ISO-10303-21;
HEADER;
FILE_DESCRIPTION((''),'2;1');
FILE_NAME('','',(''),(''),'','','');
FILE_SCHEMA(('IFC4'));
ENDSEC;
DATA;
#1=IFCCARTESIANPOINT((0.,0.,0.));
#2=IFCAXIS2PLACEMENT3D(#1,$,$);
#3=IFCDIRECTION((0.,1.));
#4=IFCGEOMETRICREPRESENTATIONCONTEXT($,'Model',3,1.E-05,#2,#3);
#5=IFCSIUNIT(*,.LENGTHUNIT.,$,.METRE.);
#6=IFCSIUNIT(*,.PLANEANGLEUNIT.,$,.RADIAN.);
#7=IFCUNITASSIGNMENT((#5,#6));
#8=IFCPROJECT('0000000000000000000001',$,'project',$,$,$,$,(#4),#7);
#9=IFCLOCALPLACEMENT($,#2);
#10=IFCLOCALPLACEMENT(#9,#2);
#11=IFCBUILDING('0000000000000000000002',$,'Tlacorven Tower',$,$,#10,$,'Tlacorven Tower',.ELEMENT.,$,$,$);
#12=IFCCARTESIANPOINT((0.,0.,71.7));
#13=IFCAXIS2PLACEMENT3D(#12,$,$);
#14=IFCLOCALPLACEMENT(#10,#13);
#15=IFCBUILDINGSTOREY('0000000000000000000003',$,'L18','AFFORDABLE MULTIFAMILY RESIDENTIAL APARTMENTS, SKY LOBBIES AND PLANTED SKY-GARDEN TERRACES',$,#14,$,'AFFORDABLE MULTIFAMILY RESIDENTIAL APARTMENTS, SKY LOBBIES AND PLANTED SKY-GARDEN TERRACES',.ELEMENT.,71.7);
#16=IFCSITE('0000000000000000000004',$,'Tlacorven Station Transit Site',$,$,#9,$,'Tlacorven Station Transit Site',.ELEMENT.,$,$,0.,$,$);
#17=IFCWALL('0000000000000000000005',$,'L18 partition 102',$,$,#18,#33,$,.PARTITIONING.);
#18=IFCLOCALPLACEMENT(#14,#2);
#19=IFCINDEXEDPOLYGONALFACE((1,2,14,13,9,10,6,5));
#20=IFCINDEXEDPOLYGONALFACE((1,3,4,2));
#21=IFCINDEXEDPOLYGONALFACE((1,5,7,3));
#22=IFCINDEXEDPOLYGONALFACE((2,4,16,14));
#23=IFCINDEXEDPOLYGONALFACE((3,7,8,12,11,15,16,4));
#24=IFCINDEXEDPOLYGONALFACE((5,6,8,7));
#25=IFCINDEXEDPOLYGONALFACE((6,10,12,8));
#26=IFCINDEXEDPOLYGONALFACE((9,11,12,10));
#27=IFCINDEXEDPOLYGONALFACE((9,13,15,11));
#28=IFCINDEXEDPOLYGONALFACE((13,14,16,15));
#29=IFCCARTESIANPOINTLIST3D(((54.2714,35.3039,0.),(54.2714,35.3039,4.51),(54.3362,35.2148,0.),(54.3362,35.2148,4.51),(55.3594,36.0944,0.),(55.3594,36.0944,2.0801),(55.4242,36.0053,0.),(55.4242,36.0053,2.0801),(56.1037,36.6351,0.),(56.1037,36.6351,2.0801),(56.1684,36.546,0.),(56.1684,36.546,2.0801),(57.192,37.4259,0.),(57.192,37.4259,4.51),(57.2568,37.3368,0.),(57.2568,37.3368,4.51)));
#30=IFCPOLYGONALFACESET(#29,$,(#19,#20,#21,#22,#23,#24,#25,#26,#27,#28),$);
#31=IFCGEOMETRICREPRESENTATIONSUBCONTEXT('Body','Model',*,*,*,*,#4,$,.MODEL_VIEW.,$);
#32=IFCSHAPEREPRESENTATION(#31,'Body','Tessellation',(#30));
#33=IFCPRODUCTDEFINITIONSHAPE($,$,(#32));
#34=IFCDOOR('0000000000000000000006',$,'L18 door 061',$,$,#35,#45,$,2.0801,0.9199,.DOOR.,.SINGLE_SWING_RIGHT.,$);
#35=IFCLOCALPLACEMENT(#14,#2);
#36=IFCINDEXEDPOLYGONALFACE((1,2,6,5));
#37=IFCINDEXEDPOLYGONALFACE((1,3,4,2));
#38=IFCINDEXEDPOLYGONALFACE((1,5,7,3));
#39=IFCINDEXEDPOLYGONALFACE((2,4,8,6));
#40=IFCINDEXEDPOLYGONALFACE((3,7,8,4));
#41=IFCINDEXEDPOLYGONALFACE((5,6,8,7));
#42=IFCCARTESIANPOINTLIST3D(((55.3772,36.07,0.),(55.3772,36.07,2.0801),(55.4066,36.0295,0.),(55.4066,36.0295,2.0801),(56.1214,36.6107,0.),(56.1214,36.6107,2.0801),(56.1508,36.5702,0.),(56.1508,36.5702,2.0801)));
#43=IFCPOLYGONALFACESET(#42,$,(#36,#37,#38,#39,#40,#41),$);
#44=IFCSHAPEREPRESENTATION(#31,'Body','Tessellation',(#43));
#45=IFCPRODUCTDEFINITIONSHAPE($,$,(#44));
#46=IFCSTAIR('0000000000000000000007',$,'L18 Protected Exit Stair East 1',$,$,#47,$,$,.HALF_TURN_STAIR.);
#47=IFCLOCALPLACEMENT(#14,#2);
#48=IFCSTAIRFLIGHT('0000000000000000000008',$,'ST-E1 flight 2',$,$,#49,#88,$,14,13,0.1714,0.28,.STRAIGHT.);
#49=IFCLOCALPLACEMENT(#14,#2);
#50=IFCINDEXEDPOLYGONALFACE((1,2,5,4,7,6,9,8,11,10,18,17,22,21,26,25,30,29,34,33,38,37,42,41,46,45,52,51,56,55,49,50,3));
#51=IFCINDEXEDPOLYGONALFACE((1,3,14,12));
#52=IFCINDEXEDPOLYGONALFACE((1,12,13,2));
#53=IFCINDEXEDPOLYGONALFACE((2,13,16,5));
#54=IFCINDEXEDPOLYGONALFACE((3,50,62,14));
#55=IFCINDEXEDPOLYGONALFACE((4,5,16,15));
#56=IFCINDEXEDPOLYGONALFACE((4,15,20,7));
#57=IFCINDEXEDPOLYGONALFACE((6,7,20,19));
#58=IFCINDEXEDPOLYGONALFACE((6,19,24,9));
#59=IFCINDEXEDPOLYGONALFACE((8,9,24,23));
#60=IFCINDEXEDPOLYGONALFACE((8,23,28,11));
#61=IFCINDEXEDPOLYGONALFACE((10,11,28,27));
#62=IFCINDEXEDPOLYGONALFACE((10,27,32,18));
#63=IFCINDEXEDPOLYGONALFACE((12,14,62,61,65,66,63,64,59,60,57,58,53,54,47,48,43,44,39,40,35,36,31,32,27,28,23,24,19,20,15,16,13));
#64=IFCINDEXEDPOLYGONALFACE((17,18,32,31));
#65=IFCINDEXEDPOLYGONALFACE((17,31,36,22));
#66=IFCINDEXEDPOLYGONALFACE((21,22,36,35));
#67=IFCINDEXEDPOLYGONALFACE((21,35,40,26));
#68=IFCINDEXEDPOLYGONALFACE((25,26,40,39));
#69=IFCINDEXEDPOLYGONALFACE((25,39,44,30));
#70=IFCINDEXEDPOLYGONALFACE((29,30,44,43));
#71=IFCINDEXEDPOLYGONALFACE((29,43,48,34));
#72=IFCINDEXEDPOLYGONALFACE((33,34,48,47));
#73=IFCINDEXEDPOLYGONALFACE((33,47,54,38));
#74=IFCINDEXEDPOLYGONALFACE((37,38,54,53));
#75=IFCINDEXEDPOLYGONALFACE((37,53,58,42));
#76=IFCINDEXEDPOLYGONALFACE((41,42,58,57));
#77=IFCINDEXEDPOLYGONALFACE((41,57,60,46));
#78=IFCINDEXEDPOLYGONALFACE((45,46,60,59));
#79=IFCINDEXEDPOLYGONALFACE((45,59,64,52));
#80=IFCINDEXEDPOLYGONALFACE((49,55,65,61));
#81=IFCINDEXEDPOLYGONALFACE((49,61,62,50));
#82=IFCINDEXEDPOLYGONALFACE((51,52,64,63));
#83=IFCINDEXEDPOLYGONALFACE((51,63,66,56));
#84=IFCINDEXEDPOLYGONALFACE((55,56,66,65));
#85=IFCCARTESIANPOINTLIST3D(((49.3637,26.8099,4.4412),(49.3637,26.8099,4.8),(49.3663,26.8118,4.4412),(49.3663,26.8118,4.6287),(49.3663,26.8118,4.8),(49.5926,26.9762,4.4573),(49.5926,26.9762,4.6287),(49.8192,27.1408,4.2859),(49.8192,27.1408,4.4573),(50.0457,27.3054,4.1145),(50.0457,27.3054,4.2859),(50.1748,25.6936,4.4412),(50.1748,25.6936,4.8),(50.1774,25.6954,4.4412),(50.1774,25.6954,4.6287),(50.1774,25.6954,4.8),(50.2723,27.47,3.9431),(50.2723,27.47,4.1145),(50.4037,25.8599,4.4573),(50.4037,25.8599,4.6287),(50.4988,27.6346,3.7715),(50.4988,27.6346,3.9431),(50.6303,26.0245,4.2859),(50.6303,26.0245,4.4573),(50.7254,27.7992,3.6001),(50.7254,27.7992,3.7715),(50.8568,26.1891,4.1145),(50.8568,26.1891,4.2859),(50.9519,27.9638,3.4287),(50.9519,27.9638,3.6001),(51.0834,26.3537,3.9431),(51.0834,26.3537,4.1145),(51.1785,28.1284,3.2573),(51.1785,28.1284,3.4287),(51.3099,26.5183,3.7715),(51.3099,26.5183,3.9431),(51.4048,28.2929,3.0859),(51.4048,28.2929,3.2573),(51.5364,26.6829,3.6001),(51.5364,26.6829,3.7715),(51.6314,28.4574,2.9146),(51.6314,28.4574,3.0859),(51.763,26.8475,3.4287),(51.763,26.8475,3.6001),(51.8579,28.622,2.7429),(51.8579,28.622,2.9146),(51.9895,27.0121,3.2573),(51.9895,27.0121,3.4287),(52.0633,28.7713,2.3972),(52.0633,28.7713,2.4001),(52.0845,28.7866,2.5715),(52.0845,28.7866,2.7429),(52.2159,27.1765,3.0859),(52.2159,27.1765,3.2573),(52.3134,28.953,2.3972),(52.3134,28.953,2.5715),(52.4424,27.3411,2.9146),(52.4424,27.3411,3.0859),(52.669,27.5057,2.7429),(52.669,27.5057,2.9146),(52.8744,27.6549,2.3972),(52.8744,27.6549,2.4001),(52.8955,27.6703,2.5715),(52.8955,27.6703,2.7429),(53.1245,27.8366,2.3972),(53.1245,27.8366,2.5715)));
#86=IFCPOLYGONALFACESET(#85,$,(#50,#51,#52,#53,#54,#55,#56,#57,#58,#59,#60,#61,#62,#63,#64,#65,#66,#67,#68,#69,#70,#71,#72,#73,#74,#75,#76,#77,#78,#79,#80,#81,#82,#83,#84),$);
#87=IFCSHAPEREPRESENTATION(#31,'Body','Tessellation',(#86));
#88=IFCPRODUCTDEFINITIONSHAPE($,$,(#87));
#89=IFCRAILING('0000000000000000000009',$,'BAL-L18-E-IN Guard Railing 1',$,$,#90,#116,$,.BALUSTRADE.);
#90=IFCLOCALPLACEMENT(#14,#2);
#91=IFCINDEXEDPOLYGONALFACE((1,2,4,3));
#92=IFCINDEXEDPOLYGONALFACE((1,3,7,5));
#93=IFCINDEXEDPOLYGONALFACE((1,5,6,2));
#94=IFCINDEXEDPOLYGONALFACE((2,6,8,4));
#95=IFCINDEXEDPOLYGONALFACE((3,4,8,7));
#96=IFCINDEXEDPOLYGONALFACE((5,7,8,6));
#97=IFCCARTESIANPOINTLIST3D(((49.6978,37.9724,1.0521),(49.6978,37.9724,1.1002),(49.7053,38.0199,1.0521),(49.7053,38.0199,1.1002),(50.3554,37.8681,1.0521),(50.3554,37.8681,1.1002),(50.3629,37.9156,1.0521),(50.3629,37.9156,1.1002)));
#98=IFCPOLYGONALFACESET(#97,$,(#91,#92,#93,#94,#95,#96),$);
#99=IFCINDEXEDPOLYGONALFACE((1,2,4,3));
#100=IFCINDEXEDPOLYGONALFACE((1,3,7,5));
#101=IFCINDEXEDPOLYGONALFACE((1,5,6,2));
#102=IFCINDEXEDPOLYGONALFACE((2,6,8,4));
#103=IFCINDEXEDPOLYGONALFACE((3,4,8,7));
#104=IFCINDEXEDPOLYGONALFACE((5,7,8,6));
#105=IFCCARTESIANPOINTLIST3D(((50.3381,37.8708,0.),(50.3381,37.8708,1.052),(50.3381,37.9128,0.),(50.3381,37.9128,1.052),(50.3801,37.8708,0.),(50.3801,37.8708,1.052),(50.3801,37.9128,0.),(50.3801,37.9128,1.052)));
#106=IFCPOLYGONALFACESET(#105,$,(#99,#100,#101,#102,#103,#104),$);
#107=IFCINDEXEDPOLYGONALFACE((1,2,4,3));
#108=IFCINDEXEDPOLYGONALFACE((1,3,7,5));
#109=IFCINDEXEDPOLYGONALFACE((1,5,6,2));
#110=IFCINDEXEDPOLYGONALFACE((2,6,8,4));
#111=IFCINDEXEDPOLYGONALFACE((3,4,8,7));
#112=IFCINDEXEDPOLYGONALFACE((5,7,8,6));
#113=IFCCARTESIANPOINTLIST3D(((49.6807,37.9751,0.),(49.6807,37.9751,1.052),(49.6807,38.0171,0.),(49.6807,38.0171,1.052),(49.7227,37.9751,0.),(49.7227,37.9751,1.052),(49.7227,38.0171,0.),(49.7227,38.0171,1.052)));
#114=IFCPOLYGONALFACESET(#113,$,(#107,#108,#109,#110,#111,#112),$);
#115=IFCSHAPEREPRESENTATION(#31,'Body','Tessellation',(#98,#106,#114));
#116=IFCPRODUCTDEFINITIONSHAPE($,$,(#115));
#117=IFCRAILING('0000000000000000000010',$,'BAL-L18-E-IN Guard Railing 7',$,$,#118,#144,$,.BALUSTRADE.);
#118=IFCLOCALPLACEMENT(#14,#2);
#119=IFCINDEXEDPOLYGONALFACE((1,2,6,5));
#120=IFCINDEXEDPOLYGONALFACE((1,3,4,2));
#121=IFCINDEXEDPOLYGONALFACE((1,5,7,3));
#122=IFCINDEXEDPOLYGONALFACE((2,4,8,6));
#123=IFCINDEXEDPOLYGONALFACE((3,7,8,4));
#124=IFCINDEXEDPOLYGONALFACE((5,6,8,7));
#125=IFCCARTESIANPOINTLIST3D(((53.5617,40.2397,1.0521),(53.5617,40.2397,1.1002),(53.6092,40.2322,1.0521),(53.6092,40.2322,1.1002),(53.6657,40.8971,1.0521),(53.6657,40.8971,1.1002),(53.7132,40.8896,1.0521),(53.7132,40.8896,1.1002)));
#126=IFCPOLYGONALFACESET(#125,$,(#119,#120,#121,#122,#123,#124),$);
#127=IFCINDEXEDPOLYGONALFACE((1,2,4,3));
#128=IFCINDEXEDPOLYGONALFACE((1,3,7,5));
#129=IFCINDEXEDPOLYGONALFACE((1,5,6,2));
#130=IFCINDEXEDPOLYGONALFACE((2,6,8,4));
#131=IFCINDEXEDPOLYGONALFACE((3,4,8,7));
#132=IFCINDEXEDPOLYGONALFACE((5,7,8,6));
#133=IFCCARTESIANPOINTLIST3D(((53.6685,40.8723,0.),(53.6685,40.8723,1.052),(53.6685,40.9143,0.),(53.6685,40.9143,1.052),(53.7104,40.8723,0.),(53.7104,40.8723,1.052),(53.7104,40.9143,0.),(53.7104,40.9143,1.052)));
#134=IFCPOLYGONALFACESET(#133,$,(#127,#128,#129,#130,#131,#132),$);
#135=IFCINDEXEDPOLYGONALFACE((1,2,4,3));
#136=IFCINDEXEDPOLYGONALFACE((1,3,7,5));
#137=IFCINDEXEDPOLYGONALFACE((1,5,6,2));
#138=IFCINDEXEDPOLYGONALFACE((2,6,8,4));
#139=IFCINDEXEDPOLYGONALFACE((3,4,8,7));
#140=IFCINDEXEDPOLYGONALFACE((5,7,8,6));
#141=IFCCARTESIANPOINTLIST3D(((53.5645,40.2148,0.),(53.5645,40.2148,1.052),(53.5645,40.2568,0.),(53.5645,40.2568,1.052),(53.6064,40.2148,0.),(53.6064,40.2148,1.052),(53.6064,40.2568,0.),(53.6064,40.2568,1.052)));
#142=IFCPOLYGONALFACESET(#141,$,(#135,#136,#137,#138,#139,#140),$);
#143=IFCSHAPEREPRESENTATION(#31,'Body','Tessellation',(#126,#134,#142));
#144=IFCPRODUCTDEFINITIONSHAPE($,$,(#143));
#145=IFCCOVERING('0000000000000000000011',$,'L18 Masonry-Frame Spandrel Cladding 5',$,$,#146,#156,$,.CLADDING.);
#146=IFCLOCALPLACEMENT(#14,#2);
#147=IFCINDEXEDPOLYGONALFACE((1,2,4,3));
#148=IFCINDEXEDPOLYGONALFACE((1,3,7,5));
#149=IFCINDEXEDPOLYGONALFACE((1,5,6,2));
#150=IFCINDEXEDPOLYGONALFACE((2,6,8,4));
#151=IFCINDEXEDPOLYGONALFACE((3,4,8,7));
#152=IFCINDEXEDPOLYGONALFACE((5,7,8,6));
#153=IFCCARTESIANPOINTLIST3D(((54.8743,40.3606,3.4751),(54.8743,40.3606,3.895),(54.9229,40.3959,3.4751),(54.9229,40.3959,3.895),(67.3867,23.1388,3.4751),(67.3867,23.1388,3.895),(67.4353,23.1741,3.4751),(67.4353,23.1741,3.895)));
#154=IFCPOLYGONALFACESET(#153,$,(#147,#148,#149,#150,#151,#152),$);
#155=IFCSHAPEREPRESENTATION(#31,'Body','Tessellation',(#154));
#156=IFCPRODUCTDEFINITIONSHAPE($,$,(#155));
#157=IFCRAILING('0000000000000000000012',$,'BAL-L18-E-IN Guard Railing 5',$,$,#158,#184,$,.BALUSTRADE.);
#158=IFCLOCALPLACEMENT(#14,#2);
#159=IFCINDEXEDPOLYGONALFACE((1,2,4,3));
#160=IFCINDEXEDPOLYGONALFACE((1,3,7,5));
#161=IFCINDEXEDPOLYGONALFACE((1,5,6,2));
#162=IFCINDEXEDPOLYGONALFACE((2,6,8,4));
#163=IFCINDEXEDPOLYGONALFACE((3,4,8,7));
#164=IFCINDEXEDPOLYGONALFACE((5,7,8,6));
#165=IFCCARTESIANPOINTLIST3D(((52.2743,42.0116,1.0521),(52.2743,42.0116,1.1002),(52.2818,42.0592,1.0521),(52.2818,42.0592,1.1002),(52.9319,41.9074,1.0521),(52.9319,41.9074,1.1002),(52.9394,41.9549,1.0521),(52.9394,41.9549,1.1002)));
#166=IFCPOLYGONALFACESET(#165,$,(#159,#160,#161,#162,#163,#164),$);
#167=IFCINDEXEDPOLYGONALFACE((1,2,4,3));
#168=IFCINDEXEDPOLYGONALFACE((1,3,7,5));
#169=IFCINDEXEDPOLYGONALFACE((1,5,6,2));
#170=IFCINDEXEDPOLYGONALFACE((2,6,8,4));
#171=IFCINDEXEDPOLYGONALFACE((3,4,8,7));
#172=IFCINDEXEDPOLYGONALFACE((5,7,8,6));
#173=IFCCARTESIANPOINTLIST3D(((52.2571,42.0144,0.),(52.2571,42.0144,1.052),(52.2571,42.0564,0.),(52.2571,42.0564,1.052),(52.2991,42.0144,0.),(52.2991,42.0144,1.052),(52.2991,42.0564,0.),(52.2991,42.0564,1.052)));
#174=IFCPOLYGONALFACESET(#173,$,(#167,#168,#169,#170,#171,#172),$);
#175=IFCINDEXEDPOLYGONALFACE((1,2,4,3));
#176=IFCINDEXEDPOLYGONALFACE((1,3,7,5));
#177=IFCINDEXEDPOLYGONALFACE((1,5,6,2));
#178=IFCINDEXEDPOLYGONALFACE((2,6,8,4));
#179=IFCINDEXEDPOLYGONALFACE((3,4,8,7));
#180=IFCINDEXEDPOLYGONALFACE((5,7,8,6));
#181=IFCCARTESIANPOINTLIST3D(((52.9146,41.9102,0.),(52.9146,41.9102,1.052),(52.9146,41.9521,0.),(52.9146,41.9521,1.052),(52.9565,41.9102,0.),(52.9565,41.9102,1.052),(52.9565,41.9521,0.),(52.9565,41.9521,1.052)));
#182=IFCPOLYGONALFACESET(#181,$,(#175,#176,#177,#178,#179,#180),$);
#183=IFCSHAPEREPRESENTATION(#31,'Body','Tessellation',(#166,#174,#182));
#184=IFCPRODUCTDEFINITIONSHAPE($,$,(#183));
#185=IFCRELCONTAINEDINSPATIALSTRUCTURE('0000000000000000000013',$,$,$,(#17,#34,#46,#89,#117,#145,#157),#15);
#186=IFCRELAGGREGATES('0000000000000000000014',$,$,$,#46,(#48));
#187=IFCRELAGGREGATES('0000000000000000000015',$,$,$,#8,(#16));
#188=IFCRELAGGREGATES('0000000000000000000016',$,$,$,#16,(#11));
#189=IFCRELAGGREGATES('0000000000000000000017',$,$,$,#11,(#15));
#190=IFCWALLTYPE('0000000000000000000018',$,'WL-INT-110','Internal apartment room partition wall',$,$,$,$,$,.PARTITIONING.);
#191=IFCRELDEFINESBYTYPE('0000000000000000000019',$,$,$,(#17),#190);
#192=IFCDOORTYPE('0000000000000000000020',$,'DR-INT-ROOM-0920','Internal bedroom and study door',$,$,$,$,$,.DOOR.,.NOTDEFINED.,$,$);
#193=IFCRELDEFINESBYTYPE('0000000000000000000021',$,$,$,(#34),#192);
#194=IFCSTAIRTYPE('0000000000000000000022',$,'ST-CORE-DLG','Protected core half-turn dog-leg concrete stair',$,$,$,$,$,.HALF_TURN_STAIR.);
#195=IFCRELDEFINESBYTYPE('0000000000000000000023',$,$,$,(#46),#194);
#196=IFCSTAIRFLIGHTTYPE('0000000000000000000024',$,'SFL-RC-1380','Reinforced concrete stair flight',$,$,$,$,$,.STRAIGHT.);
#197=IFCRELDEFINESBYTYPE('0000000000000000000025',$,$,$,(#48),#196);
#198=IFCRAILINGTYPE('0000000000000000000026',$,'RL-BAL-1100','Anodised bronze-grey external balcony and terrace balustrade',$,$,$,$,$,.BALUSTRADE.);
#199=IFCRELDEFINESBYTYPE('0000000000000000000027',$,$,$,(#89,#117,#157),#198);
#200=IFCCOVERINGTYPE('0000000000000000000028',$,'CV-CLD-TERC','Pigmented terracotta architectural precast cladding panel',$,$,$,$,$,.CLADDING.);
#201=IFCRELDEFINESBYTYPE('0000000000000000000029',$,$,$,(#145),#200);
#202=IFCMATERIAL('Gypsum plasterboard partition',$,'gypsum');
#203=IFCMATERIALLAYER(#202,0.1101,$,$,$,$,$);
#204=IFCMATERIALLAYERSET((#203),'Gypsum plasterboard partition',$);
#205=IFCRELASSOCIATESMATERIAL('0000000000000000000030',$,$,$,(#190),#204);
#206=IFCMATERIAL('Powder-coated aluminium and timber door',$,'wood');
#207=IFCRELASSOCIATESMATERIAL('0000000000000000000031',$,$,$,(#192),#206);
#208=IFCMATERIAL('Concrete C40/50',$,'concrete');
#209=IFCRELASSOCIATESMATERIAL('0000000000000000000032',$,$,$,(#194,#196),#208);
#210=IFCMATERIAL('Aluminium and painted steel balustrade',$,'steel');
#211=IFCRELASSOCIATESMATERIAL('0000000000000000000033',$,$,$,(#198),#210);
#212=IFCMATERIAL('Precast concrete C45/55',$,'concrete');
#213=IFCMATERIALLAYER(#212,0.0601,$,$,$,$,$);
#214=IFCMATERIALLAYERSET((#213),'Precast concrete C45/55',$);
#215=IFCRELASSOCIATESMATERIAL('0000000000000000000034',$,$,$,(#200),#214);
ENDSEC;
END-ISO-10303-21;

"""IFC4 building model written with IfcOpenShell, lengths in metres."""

from ifc_helpers import new_model, si_unit, direction, frame, frame_2d, origin, origin_2d, place, context, subcontext, project, spatial, polyline, rectangle, outline, extrude, source, transform, mapped, material, layer, layer_set, type_object, element, fill, aggregate, save


model = new_model("IFC4")

# Units and contexts
model_context = context("Model", 3, precision=1e-05, world=origin(), true_north=direction((0.0, 1.0)))
body_context = subcontext(model_context, "Body", "Model", "MODEL_VIEW")
ifc_project = project(units=[si_unit("LENGTHUNIT", "METRE"), si_unit("PLANEANGLEUNIT", "RADIAN")], contexts=[model_context])

# Site, building, storey
site_placement = place(None, origin())
site = spatial("IfcSite", under=ifc_project, at=site_placement, Name="Tlacorven Station Transit Site", LongName="Tlacorven Station Transit Site", CompositionType="ELEMENT", RefElevation=0.0)
building_placement = place(site_placement, origin())
building = spatial("IfcBuilding", under=site, at=building_placement, Name="Tlacorven Tower", LongName="Tlacorven Tower", CompositionType="ELEMENT")
storey_placement = place(building_placement, frame((0.0, 0.0, 71.7)))
storey = spatial("IfcBuildingStorey", under=building, at=storey_placement, Name="L18", Description="AFFORDABLE MULTIFAMILY RESIDENTIAL APARTMENTS, SKY LOBBIES AND PLANTED SKY-GARDEN TERRACES", LongName="AFFORDABLE MULTIFAMILY RESIDENTIAL APARTMENTS, SKY LOBBIES AND PLANTED SKY-GARDEN TERRACES", CompositionType="ELEMENT", Elevation=71.7)

# Shared definitions
ifc_material_1 = material(Name="Precast concrete C45/55", Category="concrete")

# Wall, opening, door
ifc_material_2 = material(Name="Gypsum plasterboard partition", Category="gypsum")
ifc_layer_1 = layer(ifc_material_2, 0.1101)
ifc_layer_set_1 = layer_set([ifc_layer_1], Name="Gypsum plasterboard partition")
wall_type_1 = type_object("IfcWallType", Name="WL-INT-110", Description="Internal apartment room partition wall", PredefinedType="PARTITIONING", material=ifc_layer_set_1)
wall_1_placement = place(storey_placement, frame((54.3037, 35.2593, 0.0), z_axis=(0.0, 0.0, 1.0), x_axis=(0.809005, 0.587802, 0.0)))
wall_1 = element("IfcWall", 1, at=wall_1_placement, inside=storey, type_object=wall_type_1, Name="L18 partition 102", PredefinedType="PARTITIONING", context=body_context, shape_type="SweptSolid", body=[
    extrude(rectangle(XDim=3.6101, YDim=0.1101, at=frame_2d((1.8052, 0.0))), origin(), (0.0, 0.0, 1.0), 4.51),
])
opening_1_placement = place(wall_1_placement, frame((1.345, 0.0, 0.0)))
opening_1 = element("IfcOpeningElement", 2, at=opening_1_placement, cuts=wall_1, PredefinedType="OPENING", context=body_context, shape_type="SweptSolid", body=[
    extrude(rectangle(XDim=0.9199, YDim=2.0801, at=frame_2d((0.46, 1.04))), frame((0.0, 0.0649, 0.0), z_axis=(0.0, -1.0, 0.0), x_axis=(1.0, 0.0, 0.0)), (0.0, 0.0, 1.0), 0.1301),
])
ifc_material_3 = material(Name="Powder-coated aluminium and timber door", Category="wood")
door_type_1 = type_object("IfcDoorType", Name="DR-INT-ROOM-0920", Description="Internal bedroom and study door", OperationType="NOTDEFINED", PredefinedType="DOOR", material=ifc_material_3)
shared_shape_1 = source(origin(), body_context, "Body", "SweptSolid", [
    extrude(rectangle(XDim=0.9199, YDim=2.0801, at=frame_2d((0.46, 1.04))), frame((0.0, 0.0249, 0.0), z_axis=(0.0, -1.0, 0.0), x_axis=(1.0, 0.0, 0.0)), (0.0, 0.0, 1.0), 0.05),
])
door_1_placement = place(opening_1_placement, origin())
door_1 = element("IfcDoor", 3, at=door_1_placement, inside=storey, type_object=door_type_1, Name="L18 door 061", OperationType="SINGLE_SWING_RIGHT", OverallHeight=2.0801, OverallWidth=0.9199, PredefinedType="DOOR", context=body_context, shape_type="MappedRepresentation", body=[
    mapped(shared_shape_1, transform((0.0, 0.0, 0.0), scale=1.0)),
])
fill(opening_1, door_1)

# Stair, stair flight
ifc_material_4 = material(Name="Concrete C40/50", Category="concrete")
stair_type = type_object("IfcStairType", Name="ST-CORE-DLG", Description="Protected core half-turn dog-leg concrete stair", PredefinedType="HALF_TURN_STAIR", material=ifc_material_4)
stair_placement = place(storey_placement, origin())
stair = element("IfcStair", 4, at=stair_placement, inside=storey, type_object=stair_type, Name="L18 Protected Exit Stair East 1", PredefinedType="HALF_TURN_STAIR")
stair_flight_type = type_object("IfcStairFlightType", Name="SFL-RC-1380", Description="Reinforced concrete stair flight", PredefinedType="STRAIGHT", material=ifc_material_4)
shared_shape_2 = source(origin(), body_context, "Body", "SweptSolid", [
    extrude(outline(polyline([(-0.0029, -0.0029), (-0.0029, 0.1714), (0.28, 0.1714), (0.28, 0.3428), (0.5601, 0.3428), (0.5601, 0.5144), (0.8401, 0.5144), (0.8401, 0.6858), (1.1201, 0.6858), (1.1201, 0.8572), (1.3999, 0.8572), (1.3999, 1.0286), (1.6799, 1.0286), (1.6799, 1.2), (1.96, 1.2), (1.96, 1.3713), (2.24, 1.3713), (2.24, 1.543), (2.52, 1.543), (2.52, 1.7144), (2.8, 1.7144), (2.8, 1.8857), (3.0801, 1.8857), (3.0801, 2.0571), (3.3601, 2.0571), (3.3601, 2.2285), (3.6399, 2.2285), (3.6399, 2.3999), (3.6431, 2.3999), (3.6431, 2.041), (3.6399, 2.041), (0.3062, 0.0), (0.3062, -0.0029), (-0.0029, -0.0029)])), frame((0.0, 0.6899, 0.0), z_axis=(0.0, -1.0, 0.0), x_axis=(1.0, 0.0, 0.0)), (0.0, 0.0, 1.0), 1.3799),
])
stair_flight_placement = place(storey_placement, frame((52.7166, 28.3931, 2.4001), z_axis=(0.0, 0.0, 1.0), x_axis=(-0.809017, -0.587785, 0.0)))
stair_flight = element("IfcStairFlight", 5, at=stair_flight_placement, type_object=stair_flight_type, Name="ST-E1 flight 2", NumberOfRisers=14, NumberOfTreads=13, PredefinedType="STRAIGHT", RiserHeight=0.1714, TreadLength=0.28, context=body_context, shape_type="MappedRepresentation", body=[
    mapped(shared_shape_2, transform((0.0, 0.0, 0.0), scale=1.0)),
])
aggregate(stair, [stair_flight])

# Railings
ifc_material_5 = material(Name="Aluminium and painted steel balustrade", Category="steel")
railing_type_1 = type_object("IfcRailingType", Name="RL-BAL-1100", Description="Anodised bronze-grey external balcony and terrace balustrade", PredefinedType="BALUSTRADE", material=ifc_material_5)
shared_shape_3 = source(origin(), body_context, "Body", "SweptSolid", [
    extrude(rectangle(XDim=0.0481, YDim=0.0481, at=origin_2d()), frame((0.0, 0.0, 1.0762), z_axis=(-0.987662, 0.156603, 0.0), x_axis=(-0.156603, -0.987662, 0.0)), (0.0, 0.0, 1.0), 0.6658),
    extrude(rectangle(XDim=0.042, YDim=0.042, at=origin_2d()), origin(), (0.0, 0.0, 1.0), 1.052),
    extrude(rectangle(XDim=0.042, YDim=0.042, at=origin_2d()), frame((-0.6575, 0.1042, 0.0)), (0.0, 0.0, 1.0), 1.052),
])
railing_1_placement = place(storey_placement, frame((50.3591, 37.8918, 0.0)))
element("IfcRailing", 6, at=railing_1_placement, inside=storey, type_object=railing_type_1, Name="BAL-L18-E-IN Guard Railing 1", PredefinedType="BALUSTRADE", context=body_context, shape_type="MappedRepresentation", body=[
    mapped(shared_shape_3, transform((0.0, 0.0, 0.0), scale=1.0)),
])
shared_shape_4 = source(origin(), body_context, "Body", "SweptSolid", [
    extrude(rectangle(XDim=0.0481, YDim=0.0481, at=origin_2d()), frame((0.0, 0.0, 1.0762), z_axis=(-0.156245, -0.987718, 0.0), x_axis=(0.987718, -0.156245, 0.0)), (0.0, 0.0, 1.0), 0.6655),
    extrude(rectangle(XDim=0.042, YDim=0.042, at=origin_2d()), origin(), (0.0, 0.0, 1.0), 1.052),
    extrude(rectangle(XDim=0.042, YDim=0.042, at=origin_2d()), frame((-0.104, -0.6575, 0.0)), (0.0, 0.0, 1.0), 1.052),
])
railing_2_placement = place(storey_placement, frame((53.6895, 40.8933, 0.0)))
element("IfcRailing", 7, at=railing_2_placement, inside=storey, type_object=railing_type_1, Name="BAL-L18-E-IN Guard Railing 7", PredefinedType="BALUSTRADE", context=body_context, shape_type="MappedRepresentation", body=[
    mapped(shared_shape_4, transform((0.0, 0.0, 0.0), scale=1.0)),
])

# Covering
ifc_layer_2 = layer(ifc_material_1, 0.0601)
ifc_layer_set_2 = layer_set([ifc_layer_2], Name="Precast concrete C45/55")
covering_type = type_object("IfcCoveringType", Name="CV-CLD-TERC", Description="Pigmented terracotta architectural precast cladding panel", PredefinedType="CLADDING", material=ifc_layer_set_2)
shared_shape_5 = source(origin(), body_context, "Body", "SweptSolid", [
    extrude(rectangle(XDim=21.2874, YDim=0.0601, at=origin_2d()), origin(), (0.0, 0.0, 1.0), 0.4199),
])
covering_placement = place(storey_placement, frame((61.1548, 31.7673, 3.4751), z_axis=(0.0, 0.0, 1.0), x_axis=(0.587785, -0.809017, 0.0)))
element("IfcCovering", 8, at=covering_placement, inside=storey, type_object=covering_type, Name="L18 Masonry-Frame Spandrel Cladding 5", PredefinedType="CLADDING", context=body_context, shape_type="MappedRepresentation", body=[
    mapped(shared_shape_5, transform((0.0, 0.0, 0.0), scale=1.0)),
])

# Railing
shared_shape_6 = source(origin(), body_context, "Body", "SweptSolid", [
    extrude(rectangle(XDim=0.0481, YDim=0.0481, at=origin_2d()), frame((0.0, 0.0, 1.0762), z_axis=(0.987662, -0.156603, 0.0), x_axis=(0.156603, 0.987662, 0.0)), (0.0, 0.0, 1.0), 0.6658),
    extrude(rectangle(XDim=0.042, YDim=0.042, at=origin_2d()), origin(), (0.0, 0.0, 1.0), 1.052),
    extrude(rectangle(XDim=0.042, YDim=0.042, at=origin_2d()), frame((0.6575, -0.1042, 0.0)), (0.0, 0.0, 1.0), 1.052),
])
railing_3_placement = place(storey_placement, frame((52.2781, 42.0354, 0.0)))
element("IfcRailing", 9, at=railing_3_placement, inside=storey, type_object=railing_type_1, Name="BAL-L18-E-IN Guard Railing 5", PredefinedType="BALUSTRADE", context=body_context, shape_type="MappedRepresentation", body=[
    mapped(shared_shape_6, transform((0.0, 0.0, 0.0), scale=1.0)),
])

save(model, "model.ifc")
